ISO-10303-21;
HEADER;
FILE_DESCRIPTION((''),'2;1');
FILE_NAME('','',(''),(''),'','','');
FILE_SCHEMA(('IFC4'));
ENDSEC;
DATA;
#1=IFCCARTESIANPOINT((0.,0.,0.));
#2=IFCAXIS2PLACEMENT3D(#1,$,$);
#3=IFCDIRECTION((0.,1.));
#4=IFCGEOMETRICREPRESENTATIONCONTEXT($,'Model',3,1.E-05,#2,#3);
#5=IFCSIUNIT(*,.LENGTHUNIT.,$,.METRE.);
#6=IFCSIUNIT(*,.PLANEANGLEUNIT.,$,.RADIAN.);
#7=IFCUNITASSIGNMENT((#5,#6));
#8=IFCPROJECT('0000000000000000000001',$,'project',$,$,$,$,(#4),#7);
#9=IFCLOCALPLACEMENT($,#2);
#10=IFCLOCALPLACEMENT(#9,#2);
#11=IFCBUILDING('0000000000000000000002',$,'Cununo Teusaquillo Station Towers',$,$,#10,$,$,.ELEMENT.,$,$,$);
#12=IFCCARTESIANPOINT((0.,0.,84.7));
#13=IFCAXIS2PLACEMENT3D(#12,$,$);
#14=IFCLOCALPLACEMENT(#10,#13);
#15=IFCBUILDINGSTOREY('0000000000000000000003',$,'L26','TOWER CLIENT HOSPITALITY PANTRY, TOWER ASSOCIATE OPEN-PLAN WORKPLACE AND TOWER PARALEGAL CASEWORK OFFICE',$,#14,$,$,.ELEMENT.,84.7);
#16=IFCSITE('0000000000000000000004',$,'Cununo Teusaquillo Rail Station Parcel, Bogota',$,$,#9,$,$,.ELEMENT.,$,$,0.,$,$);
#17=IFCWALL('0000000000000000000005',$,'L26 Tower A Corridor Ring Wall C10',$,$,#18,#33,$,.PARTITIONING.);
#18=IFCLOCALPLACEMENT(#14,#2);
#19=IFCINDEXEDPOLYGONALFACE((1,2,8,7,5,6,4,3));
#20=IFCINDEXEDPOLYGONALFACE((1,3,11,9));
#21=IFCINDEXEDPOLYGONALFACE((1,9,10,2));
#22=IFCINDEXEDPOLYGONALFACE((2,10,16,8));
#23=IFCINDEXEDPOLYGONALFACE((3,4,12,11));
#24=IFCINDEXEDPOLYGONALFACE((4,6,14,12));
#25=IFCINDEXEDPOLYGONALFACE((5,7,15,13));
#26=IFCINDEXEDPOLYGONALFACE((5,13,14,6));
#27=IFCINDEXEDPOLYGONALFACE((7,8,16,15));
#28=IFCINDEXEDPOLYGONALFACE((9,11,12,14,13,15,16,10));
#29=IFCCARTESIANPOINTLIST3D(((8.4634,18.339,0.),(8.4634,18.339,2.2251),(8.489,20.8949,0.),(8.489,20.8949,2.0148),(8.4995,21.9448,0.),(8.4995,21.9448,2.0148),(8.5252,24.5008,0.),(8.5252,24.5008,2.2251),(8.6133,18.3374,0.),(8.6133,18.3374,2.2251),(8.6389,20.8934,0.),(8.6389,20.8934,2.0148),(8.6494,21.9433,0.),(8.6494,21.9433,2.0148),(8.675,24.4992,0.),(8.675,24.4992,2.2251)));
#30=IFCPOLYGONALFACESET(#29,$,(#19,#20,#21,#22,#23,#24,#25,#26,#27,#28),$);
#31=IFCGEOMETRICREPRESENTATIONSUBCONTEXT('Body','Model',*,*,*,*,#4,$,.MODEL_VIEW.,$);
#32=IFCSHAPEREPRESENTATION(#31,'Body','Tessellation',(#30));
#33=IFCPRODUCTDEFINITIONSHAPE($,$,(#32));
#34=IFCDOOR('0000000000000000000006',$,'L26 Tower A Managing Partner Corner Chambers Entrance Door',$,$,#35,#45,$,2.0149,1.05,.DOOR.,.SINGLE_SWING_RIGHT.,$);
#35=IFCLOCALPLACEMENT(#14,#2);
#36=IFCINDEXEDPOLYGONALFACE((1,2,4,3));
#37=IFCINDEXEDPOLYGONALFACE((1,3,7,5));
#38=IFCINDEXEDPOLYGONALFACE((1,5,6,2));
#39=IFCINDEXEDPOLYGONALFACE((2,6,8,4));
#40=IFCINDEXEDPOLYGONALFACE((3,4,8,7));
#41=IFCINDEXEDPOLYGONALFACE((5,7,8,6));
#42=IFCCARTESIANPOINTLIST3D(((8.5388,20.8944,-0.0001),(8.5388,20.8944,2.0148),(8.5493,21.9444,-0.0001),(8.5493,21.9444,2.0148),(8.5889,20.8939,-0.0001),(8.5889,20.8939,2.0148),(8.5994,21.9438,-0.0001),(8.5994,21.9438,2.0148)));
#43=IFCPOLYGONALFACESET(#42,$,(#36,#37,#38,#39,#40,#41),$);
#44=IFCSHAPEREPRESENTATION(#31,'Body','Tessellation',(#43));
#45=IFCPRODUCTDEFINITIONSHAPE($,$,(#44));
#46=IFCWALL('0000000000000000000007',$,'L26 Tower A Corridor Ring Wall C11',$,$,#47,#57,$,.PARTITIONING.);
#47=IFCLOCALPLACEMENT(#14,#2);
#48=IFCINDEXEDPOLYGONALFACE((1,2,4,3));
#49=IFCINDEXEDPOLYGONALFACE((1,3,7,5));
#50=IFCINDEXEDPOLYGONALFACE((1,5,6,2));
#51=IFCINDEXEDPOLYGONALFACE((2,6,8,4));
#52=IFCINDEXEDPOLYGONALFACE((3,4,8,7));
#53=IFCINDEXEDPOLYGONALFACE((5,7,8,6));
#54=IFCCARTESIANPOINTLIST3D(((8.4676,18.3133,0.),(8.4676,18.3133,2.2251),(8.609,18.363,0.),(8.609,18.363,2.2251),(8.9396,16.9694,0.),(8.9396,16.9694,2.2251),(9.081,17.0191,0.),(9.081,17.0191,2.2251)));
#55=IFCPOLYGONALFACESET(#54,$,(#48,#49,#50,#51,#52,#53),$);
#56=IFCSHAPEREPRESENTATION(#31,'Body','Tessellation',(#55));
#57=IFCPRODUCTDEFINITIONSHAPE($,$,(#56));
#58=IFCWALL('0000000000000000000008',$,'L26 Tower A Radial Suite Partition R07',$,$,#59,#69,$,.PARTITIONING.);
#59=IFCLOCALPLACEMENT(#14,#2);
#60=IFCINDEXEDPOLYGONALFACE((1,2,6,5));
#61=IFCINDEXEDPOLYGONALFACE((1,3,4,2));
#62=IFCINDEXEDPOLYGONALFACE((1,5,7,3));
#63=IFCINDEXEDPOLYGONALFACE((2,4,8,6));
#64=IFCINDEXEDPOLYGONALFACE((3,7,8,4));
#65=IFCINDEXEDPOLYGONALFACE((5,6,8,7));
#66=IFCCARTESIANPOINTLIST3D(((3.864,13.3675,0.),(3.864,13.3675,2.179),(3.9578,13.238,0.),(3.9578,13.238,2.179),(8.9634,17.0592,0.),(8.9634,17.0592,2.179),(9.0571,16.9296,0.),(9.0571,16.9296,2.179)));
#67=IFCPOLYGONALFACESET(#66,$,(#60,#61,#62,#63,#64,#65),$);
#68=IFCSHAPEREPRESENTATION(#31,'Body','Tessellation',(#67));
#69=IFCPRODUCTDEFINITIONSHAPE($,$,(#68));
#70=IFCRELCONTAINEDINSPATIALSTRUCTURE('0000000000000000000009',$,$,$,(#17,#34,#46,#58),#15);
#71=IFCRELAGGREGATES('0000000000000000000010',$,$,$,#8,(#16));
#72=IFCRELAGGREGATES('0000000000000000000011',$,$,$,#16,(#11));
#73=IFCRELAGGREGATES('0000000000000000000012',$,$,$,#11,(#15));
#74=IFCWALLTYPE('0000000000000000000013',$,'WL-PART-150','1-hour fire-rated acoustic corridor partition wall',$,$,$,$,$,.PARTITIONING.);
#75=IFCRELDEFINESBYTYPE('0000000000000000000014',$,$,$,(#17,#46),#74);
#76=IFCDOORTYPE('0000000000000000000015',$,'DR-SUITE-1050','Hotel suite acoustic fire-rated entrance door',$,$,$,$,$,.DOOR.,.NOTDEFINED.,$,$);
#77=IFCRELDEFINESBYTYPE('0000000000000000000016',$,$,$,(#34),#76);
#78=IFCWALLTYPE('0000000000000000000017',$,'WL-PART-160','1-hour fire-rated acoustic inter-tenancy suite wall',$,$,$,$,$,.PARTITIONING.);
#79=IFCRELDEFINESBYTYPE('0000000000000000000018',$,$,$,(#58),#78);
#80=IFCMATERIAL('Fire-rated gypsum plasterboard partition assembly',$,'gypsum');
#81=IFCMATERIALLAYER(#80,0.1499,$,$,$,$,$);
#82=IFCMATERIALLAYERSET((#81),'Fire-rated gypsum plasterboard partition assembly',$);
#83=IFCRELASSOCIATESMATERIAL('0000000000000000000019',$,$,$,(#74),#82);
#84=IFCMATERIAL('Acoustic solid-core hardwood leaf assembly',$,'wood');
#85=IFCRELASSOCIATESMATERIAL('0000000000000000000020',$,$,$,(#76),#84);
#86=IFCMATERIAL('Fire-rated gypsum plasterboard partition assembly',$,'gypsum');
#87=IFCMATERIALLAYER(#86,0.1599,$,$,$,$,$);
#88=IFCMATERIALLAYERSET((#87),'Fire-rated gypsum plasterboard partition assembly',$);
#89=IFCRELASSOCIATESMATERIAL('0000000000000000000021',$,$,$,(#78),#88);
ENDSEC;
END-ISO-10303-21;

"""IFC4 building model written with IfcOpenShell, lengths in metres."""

from ifc_helpers import new_model, si_unit, direction, frame, frame_2d, origin, place, context, subcontext, project, spatial, rectangle, extrude, source, transform, mapped, material, layer, layer_set, type_object, element, fill, save


model = new_model("IFC4")

# Units and contexts
model_context = context("Model", 3, precision=1e-05, world=origin(), true_north=direction((0.0, 1.0)))
body_context = subcontext(model_context, "Body", "Model", "MODEL_VIEW")
ifc_project = project(units=[si_unit("LENGTHUNIT", "METRE"), si_unit("PLANEANGLEUNIT", "RADIAN")], contexts=[model_context])

# Site, building, storey
site_placement = place(None, origin())
site = spatial("IfcSite", under=ifc_project, at=site_placement, Name="Cununo Teusaquillo Rail Station Parcel, Bogota", CompositionType="ELEMENT", RefElevation=0.0)
building_placement = place(site_placement, origin())
building = spatial("IfcBuilding", under=site, at=building_placement, Name="Cununo Teusaquillo Station Towers", CompositionType="ELEMENT")
storey_placement = place(building_placement, frame((0.0, 0.0, 84.7)))
storey = spatial("IfcBuildingStorey", under=building, at=storey_placement, Name="L26", Description="TOWER CLIENT HOSPITALITY PANTRY, TOWER ASSOCIATE OPEN-PLAN WORKPLACE AND TOWER PARALEGAL CASEWORK OFFICE", CompositionType="ELEMENT", Elevation=84.7)

# Wall, opening, door
ifc_material_1 = material(Name="Fire-rated gypsum plasterboard partition assembly", Category="gypsum")
ifc_layer_1 = layer(ifc_material_1, 0.1499)
ifc_layer_set_1 = layer_set([ifc_layer_1], Name="Fire-rated gypsum plasterboard partition assembly")
wall_type_1 = type_object("IfcWallType", Name="WL-PART-150", Description="1-hour fire-rated acoustic corridor partition wall", PredefinedType="PARTITIONING", material=ifc_layer_set_1)
wall_1_placement = place(storey_placement, frame((8.6001, 24.5, 0.0), z_axis=(0.0, 0.0, 1.0), x_axis=(-0.010024, -0.99995, 0.0)))
wall_1 = element("IfcWall", 1, at=wall_1_placement, inside=storey, type_object=wall_type_1, Name="L26 Tower A Corridor Ring Wall C10", PredefinedType="PARTITIONING", context=body_context, shape_type="SweptSolid", body=[
    extrude(rectangle(XDim=6.1621, YDim=0.1499, at=frame_2d((3.0811, 0.0))), origin(), (0.0, 0.0, 1.0), 2.2251),
])
shared_shape_1 = source(origin(), body_context, "Body", "SweptSolid", [
    extrude(rectangle(XDim=1.05, YDim=2.0149, at=frame_2d((0.5249, 1.0073))), frame((0.0, 0.085, 0.0), z_axis=(0.0, -1.0, 0.0), x_axis=(1.0, 0.0, 0.0)), (0.0, 0.0, 1.0), 0.1699),
])
opening_1_placement = place(wall_1_placement, frame((2.5562, 0.0, 0.0)))
opening_1 = element("IfcOpeningElement", 2, at=opening_1_placement, cuts=wall_1, PredefinedType="OPENING", context=body_context, shape_type="MappedRepresentation", body=[
    mapped(shared_shape_1, transform((0.0, 0.0, 0.0), x_axis=(1.0, 0.0, 0.0), y_axis=(0.0, 1.0, 0.0), z_axis=(0.0, 0.0, 1.0), scale=1.0)),
])
ifc_material_2 = material(Name="Acoustic solid-core hardwood leaf assembly", Category="wood")
door_type_1 = type_object("IfcDoorType", Name="DR-SUITE-1050", Description="Hotel suite acoustic fire-rated entrance door", OperationType="NOTDEFINED", PredefinedType="DOOR", material=ifc_material_2)
shared_shape_2 = source(origin(), body_context, "Body", "SweptSolid", [
    extrude(rectangle(XDim=1.05, YDim=2.0149, at=frame_2d((0.5249, 1.0073))), frame((0.0, 0.0249, 0.0), z_axis=(0.0, -1.0, 0.0), x_axis=(1.0, 0.0, 0.0)), (0.0, 0.0, 1.0), 0.05),
])
door_1_placement = place(opening_1_placement, origin())
door_1 = element("IfcDoor", 3, at=door_1_placement, inside=storey, type_object=door_type_1, Name="L26 Tower A Managing Partner Corner Chambers Entrance Door", OperationType="SINGLE_SWING_RIGHT", OverallHeight=2.0149, OverallWidth=1.05, PredefinedType="DOOR", context=body_context, shape_type="MappedRepresentation", body=[
    mapped(shared_shape_2, transform((0.0, 0.0, 0.0), x_axis=(1.0, 0.0, 0.0), y_axis=(0.0, 1.0, 0.0), z_axis=(0.0, 0.0, 1.0), scale=1.0)),
])
fill(opening_1, door_1)

# Walls
wall_2_placement = place(storey_placement, frame((8.5383, 18.3381, 0.0), z_axis=(0.0, 0.0, 1.0), x_axis=(0.331358, -0.943505, 0.0)))
element("IfcWall", 4, at=wall_2_placement, inside=storey, type_object=wall_type_1, Name="L26 Tower A Corridor Ring Wall C11", PredefinedType="PARTITIONING", context=body_context, shape_type="SweptSolid", body=[
    extrude(rectangle(XDim=1.4243, YDim=0.1499, at=frame_2d((0.7122, 0.0))), origin(), (0.0, 0.0, 1.0), 2.2251),
])
ifc_material_3 = material(Name="Fire-rated gypsum plasterboard partition assembly", Category="gypsum")
ifc_layer_2 = layer(ifc_material_3, 0.1599)
ifc_layer_set_2 = layer_set([ifc_layer_2], Name="Fire-rated gypsum plasterboard partition assembly")
wall_type_2 = type_object("IfcWallType", Name="WL-PART-160", Description="1-hour fire-rated acoustic inter-tenancy suite wall", PredefinedType="PARTITIONING", material=ifc_layer_set_2)
wall_3_placement = place(storey_placement, frame((9.0103, 16.9944, 0.0), z_axis=(0.0, 0.0, 1.0), x_axis=(-0.810017, -0.586406, 0.0)))
element("IfcWall", 5, at=wall_3_placement, inside=storey, type_object=wall_type_2, Name="L26 Tower A Radial Suite Partition R07", PredefinedType="PARTITIONING", context=body_context, shape_type="SweptSolid", body=[
    extrude(rectangle(XDim=6.2954, YDim=0.1599, at=frame_2d((3.1477, 0.0))), origin(), (0.0, 0.0, 1.0), 2.179),
])

save(model, "model.ifc")
